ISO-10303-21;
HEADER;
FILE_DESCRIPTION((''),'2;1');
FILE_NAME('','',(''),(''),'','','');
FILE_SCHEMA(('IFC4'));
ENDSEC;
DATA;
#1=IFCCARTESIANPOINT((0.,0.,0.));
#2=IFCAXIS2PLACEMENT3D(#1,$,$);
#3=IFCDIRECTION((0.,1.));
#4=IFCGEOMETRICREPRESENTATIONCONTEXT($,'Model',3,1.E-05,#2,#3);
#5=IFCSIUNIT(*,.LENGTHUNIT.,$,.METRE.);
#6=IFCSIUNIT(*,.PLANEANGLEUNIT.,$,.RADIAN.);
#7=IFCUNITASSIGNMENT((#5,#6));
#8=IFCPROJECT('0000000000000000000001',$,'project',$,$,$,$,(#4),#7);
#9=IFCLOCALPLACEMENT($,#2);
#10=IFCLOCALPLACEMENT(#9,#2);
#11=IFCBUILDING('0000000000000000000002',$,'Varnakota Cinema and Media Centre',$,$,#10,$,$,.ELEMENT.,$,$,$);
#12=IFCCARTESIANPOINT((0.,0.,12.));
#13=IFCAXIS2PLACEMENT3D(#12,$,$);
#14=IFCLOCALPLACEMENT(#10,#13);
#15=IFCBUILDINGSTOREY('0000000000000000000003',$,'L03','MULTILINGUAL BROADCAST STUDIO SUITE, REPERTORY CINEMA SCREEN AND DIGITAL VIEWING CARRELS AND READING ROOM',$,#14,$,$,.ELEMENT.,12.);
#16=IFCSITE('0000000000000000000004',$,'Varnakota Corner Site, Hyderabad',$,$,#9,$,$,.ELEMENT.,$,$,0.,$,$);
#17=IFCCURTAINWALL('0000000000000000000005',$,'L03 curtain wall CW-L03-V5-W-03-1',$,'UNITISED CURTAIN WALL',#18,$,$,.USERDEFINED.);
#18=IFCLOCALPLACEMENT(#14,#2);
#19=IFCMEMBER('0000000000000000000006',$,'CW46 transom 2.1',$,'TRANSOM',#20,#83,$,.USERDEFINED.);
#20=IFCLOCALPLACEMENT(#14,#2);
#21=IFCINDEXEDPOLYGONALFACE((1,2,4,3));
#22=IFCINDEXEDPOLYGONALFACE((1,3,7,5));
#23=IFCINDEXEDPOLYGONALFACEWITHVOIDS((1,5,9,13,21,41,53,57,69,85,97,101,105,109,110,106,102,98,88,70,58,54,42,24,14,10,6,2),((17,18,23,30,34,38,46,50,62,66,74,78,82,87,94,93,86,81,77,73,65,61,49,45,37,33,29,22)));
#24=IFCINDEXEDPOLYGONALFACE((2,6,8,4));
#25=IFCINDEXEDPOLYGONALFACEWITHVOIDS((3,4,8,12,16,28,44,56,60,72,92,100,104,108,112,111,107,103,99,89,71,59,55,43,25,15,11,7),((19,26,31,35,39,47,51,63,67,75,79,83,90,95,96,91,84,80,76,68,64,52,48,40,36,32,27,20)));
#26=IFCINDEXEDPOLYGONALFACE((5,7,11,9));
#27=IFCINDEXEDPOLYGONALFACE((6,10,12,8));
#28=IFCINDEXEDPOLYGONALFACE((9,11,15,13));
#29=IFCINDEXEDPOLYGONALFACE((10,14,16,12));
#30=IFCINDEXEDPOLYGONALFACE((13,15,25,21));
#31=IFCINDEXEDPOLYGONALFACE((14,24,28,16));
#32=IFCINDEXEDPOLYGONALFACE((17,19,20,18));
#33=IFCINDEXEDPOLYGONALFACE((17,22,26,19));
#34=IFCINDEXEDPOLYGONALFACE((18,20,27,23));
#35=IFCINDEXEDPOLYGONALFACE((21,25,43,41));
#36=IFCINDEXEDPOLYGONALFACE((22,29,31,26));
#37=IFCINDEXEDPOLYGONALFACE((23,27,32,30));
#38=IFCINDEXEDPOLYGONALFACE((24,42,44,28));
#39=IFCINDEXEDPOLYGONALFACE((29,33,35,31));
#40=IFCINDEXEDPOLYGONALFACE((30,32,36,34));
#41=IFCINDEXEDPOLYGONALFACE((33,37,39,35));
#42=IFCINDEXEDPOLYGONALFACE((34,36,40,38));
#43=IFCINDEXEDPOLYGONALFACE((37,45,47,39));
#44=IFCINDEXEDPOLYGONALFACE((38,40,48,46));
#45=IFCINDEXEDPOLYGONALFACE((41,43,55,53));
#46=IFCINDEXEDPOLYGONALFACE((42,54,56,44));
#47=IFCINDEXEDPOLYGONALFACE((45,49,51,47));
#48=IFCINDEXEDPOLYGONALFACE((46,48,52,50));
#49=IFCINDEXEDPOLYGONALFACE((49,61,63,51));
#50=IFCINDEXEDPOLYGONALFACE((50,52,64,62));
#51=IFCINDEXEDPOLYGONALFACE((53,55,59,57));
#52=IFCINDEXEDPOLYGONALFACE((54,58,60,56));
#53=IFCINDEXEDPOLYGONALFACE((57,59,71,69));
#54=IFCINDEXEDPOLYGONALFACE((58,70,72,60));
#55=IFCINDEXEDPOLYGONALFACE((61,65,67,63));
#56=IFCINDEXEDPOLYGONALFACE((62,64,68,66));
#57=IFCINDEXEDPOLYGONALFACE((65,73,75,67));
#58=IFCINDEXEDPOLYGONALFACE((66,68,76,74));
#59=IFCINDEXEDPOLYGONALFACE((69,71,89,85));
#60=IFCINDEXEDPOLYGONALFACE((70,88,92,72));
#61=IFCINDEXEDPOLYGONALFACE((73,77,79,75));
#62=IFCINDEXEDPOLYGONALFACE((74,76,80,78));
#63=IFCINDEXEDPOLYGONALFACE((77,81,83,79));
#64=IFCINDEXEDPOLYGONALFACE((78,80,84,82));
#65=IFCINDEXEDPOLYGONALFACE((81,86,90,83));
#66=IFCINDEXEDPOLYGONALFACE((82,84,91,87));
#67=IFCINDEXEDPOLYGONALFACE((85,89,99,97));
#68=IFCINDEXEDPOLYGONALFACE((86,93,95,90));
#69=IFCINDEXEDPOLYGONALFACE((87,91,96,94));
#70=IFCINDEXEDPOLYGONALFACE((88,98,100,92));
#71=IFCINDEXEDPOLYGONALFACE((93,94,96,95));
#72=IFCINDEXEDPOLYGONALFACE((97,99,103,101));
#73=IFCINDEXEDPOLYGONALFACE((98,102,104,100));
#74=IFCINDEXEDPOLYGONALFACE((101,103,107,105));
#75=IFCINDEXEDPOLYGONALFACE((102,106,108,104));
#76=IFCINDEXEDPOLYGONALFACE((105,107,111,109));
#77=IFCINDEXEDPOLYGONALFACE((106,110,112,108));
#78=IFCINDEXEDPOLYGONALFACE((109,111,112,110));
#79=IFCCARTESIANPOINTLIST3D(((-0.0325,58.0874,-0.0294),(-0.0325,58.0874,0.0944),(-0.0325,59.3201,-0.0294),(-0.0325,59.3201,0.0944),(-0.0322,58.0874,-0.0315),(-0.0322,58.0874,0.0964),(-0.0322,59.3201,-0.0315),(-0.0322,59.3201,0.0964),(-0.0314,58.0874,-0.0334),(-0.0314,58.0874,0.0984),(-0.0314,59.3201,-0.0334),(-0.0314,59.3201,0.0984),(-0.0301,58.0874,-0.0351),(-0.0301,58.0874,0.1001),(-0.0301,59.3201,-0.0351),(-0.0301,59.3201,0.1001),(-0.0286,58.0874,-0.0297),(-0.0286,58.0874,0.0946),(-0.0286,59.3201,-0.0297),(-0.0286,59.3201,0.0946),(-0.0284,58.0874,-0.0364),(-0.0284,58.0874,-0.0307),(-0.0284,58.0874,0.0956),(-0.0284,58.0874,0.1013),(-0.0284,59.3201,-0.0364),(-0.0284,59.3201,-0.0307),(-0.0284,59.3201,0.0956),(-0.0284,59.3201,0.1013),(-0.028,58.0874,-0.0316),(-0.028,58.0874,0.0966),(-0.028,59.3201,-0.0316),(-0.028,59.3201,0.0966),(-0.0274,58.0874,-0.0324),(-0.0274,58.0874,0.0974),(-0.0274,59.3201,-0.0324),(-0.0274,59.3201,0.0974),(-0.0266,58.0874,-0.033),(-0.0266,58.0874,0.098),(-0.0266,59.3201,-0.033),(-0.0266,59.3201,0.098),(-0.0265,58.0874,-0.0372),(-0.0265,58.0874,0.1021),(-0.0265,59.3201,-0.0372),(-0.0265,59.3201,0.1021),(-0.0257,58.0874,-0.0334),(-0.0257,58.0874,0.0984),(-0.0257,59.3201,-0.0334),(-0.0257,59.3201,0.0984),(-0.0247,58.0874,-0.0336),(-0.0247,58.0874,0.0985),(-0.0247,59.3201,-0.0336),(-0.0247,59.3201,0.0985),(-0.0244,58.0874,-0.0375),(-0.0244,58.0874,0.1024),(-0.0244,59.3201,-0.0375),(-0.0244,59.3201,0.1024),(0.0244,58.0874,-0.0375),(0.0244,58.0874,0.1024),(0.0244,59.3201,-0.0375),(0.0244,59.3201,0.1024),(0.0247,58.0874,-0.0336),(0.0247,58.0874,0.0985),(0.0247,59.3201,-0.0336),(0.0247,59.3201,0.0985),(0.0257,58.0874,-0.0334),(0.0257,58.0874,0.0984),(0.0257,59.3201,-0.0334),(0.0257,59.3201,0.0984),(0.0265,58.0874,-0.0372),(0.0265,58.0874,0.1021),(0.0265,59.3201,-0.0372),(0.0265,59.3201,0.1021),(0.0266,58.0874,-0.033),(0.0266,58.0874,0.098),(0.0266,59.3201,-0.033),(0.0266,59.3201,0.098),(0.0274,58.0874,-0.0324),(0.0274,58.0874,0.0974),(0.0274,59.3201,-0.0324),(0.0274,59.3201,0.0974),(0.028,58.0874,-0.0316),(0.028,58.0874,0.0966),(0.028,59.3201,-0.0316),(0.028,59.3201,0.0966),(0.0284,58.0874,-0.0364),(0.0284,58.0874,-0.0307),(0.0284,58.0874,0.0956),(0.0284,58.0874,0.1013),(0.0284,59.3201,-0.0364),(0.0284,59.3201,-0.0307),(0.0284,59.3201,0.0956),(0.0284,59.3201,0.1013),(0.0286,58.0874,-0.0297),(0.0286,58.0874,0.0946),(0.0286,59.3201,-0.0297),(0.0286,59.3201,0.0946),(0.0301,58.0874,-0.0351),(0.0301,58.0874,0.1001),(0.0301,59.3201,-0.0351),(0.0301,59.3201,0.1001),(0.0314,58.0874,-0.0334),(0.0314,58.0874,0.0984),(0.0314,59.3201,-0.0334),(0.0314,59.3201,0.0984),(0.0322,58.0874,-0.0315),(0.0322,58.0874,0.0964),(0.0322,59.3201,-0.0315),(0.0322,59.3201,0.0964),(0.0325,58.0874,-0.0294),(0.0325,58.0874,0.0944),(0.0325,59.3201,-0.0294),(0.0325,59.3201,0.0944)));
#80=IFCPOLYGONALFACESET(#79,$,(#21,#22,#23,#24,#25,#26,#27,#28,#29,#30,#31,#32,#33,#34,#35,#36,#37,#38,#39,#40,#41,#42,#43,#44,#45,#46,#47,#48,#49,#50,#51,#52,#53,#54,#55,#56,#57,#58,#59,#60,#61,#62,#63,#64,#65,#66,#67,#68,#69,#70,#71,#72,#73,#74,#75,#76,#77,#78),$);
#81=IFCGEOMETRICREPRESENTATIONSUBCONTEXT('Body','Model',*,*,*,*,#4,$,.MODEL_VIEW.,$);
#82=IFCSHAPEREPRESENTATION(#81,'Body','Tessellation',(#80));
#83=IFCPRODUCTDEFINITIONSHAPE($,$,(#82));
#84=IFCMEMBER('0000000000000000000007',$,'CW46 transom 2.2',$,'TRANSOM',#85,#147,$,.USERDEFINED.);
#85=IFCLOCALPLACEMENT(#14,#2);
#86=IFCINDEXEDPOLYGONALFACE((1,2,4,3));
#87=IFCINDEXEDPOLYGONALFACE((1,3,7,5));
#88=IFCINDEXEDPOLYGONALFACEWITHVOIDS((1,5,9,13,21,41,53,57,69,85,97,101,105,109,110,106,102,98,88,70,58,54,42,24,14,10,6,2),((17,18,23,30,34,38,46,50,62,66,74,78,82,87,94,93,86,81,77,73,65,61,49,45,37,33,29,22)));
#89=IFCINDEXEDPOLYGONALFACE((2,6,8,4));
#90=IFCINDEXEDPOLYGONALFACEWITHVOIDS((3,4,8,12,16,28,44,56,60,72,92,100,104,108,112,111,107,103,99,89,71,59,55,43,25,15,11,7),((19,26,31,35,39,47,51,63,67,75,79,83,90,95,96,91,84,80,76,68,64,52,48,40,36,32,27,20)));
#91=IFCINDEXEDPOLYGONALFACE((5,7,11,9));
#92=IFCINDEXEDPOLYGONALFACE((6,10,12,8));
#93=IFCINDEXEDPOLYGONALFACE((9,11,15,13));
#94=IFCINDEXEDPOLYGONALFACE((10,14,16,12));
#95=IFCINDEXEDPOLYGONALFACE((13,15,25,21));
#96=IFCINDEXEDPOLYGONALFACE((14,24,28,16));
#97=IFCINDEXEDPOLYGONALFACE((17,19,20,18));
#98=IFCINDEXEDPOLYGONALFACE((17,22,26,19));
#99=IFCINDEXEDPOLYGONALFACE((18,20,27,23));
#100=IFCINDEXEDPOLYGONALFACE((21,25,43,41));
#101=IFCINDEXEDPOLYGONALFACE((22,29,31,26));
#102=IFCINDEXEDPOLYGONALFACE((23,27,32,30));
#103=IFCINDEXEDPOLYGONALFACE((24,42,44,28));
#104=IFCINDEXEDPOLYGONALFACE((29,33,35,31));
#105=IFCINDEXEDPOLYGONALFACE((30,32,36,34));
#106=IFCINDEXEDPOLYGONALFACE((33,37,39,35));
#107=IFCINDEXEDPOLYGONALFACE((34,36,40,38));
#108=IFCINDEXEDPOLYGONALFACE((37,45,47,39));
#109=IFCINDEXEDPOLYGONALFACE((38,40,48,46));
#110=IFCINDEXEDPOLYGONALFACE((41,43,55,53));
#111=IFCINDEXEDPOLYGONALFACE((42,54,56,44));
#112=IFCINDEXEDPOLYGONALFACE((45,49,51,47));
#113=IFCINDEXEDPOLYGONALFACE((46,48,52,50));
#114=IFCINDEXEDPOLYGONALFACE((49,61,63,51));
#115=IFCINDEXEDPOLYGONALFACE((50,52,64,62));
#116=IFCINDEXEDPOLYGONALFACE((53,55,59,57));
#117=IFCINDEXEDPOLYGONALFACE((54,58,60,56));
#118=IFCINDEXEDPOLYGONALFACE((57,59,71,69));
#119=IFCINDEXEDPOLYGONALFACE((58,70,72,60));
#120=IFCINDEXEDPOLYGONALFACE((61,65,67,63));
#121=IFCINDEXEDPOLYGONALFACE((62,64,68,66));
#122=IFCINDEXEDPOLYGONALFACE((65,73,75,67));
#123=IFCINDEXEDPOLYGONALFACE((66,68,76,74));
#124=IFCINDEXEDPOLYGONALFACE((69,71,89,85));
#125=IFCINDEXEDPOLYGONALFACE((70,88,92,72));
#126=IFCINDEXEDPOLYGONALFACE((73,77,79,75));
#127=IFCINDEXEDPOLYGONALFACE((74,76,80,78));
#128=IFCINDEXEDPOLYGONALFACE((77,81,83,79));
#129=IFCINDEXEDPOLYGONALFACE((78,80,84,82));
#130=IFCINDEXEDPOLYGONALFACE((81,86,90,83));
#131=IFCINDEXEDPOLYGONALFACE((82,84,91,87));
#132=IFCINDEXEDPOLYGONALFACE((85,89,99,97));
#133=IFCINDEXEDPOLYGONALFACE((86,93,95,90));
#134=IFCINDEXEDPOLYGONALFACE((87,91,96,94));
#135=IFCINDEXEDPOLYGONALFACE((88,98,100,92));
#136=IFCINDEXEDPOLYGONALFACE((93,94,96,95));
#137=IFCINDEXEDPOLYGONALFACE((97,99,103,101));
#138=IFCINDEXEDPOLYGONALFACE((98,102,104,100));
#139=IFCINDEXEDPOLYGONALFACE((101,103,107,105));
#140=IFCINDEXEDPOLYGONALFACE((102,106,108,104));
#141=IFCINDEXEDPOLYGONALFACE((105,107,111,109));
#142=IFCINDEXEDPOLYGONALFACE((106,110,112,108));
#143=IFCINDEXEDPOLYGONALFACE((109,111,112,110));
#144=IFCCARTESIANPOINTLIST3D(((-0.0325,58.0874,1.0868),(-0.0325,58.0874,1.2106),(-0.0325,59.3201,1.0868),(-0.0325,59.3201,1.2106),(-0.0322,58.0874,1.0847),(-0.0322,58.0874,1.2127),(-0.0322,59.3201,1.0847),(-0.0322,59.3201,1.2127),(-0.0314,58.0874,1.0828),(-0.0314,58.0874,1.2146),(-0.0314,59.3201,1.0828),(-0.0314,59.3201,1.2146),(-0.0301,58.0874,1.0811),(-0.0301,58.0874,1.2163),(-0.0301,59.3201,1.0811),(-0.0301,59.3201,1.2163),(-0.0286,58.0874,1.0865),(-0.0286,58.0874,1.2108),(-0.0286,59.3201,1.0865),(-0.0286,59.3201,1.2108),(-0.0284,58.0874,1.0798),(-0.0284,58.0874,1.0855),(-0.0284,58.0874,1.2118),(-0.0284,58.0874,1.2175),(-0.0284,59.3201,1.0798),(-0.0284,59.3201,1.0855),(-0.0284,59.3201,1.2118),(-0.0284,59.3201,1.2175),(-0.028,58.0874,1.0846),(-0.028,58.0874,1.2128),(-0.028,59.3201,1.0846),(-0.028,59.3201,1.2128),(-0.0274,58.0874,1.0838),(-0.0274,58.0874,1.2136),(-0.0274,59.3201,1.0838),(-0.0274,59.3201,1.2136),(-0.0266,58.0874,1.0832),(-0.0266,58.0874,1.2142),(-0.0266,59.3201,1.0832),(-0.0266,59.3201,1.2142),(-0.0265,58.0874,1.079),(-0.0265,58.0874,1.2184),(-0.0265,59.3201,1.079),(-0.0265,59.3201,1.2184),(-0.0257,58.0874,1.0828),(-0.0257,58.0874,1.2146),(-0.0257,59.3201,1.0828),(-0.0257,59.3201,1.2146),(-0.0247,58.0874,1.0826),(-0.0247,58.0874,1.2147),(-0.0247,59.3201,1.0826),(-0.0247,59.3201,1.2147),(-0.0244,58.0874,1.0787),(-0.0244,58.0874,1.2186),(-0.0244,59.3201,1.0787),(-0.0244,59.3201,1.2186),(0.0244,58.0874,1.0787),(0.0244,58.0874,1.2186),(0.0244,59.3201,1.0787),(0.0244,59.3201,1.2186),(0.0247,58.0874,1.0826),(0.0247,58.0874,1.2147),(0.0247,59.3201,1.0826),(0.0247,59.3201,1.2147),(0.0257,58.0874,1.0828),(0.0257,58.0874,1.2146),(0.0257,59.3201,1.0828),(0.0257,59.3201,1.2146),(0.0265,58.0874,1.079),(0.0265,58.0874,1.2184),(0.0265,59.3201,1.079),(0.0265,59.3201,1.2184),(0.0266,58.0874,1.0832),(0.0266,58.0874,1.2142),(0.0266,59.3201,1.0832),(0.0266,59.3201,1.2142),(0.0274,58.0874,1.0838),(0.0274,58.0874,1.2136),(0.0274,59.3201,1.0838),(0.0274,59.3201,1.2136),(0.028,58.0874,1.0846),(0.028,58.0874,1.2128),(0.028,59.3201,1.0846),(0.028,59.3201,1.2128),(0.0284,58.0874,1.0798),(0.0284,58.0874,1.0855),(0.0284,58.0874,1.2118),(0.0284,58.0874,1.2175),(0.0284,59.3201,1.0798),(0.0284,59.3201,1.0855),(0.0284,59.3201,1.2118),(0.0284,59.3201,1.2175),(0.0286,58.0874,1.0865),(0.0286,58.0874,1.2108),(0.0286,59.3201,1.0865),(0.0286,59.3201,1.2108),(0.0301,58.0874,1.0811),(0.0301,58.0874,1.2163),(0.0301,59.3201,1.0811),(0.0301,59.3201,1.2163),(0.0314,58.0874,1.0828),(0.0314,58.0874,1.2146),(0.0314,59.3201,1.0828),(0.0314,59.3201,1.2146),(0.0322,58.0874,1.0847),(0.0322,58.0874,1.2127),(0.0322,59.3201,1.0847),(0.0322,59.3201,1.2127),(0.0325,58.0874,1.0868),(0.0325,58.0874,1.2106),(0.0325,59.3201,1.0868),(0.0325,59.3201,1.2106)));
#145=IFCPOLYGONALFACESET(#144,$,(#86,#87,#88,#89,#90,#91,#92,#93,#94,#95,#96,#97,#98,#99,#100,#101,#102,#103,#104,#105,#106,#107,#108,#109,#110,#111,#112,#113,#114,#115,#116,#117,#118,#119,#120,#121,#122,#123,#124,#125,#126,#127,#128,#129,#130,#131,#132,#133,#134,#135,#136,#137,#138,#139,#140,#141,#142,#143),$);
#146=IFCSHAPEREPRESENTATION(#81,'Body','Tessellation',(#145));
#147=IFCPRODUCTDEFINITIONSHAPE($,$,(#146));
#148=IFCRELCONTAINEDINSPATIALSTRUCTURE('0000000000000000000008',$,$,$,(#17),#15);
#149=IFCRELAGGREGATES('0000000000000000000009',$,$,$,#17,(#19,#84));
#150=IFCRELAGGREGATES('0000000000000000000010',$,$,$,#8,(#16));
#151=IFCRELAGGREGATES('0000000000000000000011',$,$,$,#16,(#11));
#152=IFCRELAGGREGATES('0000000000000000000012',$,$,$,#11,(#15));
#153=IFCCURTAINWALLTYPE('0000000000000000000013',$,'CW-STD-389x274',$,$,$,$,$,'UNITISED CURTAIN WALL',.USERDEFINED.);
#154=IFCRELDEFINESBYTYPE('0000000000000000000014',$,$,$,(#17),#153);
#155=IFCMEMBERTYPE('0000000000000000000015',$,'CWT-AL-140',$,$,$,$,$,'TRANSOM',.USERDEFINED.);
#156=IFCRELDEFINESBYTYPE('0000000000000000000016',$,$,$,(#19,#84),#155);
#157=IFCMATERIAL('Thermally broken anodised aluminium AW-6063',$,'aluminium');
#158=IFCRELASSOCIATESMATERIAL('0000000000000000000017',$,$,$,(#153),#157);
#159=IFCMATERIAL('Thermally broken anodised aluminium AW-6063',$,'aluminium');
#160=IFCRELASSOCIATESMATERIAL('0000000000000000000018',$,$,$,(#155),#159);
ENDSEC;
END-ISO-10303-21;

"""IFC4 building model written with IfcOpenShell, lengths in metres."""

from ifc_helpers import new_model, si_unit, direction, frame, origin, origin_2d, place, context, subcontext, project, spatial, hollow_rectangle, extrude, material, material_profile, profile_set, type_object, element, aggregate, save


model = new_model("IFC4")

# Units and contexts
model_context = context("Model", 3, precision=1e-05, world=origin(), true_north=direction((0.0, 1.0)))
body_context = subcontext(model_context, "Body", "Model", "MODEL_VIEW")
ifc_project = project(units=[si_unit("LENGTHUNIT", "METRE"), si_unit("PLANEANGLEUNIT", "RADIAN")], contexts=[model_context])

# Site, building, storey
site_placement = place(None, origin())
site = spatial("IfcSite", under=ifc_project, at=site_placement, Name="Varnakota Corner Site, Hyderabad", CompositionType="ELEMENT", RefElevation=0.0)
building_placement = place(site_placement, origin())
building = spatial("IfcBuilding", under=site, at=building_placement, Name="Varnakota Cinema and Media Centre", CompositionType="ELEMENT")
storey_placement = place(building_placement, frame((0.0, 0.0, 12.0)))
storey = spatial("IfcBuildingStorey", under=building, at=storey_placement, Name="L03", Description="MULTILINGUAL BROADCAST STUDIO SUITE, REPERTORY CINEMA SCREEN AND DIGITAL VIEWING CARRELS AND READING ROOM", CompositionType="ELEMENT", Elevation=12.0)

# Shared definitions
ifc_material_1 = material(Name="Thermally broken anodised aluminium AW-6063", Category="aluminium")
curtain_wall_type = type_object("IfcCurtainWallType", Name="CW-STD-389x274", ElementType="UNITISED CURTAIN WALL", PredefinedType="USERDEFINED", material=ifc_material_1)

# Curtain wall, members
curtain_wall_1_placement = place(storey_placement, origin())
curtain_wall_1 = element("IfcCurtainWall", 1, at=curtain_wall_1_placement, inside=storey, type_object=curtain_wall_type, Name="L03 curtain wall CW-L03-V5-W-03-1", ObjectType="UNITISED CURTAIN WALL", PredefinedType="USERDEFINED")
ifc_material_2 = material(Name="Thermally broken anodised aluminium AW-6063", Category="aluminium")
ifc_material_profile_1 = material_profile(ifc_material_2, hollow_rectangle(XDim=0.0649, YDim=0.1399, WallThickness=0.0039, InnerFilletRadius=0.0039, OuterFilletRadius=0.0081, at=origin_2d()), Name="AL-TRANSOM 140x65x4")
ifc_profile_set_1 = profile_set([ifc_material_profile_1], Name="Thermally broken anodised aluminium AW-6063")
member_type_1 = type_object("IfcMemberType", Name="CWT-AL-140", ElementType="TRANSOM", PredefinedType="USERDEFINED", material=ifc_profile_set_1)
member_1_placement = place(storey_placement, frame((0.0, 59.3201, 0.0325), z_axis=(0.0, -1.0, 0.0), x_axis=(1.0, 0.0, 0.0)))
member_1 = element("IfcMember", 2, at=member_1_placement, type_object=member_type_1, Name="CW46 transom 2.1", ObjectType="TRANSOM", PredefinedType="USERDEFINED", context=body_context, shape_type="SweptSolid", body=[
    extrude(hollow_rectangle(XDim=0.0649, YDim=0.1399, WallThickness=0.0039, InnerFilletRadius=0.0039, OuterFilletRadius=0.0081, at=origin_2d()), origin(), (0.0, 0.0, 1.0), 1.2327),
])
member_2_placement = place(storey_placement, frame((0.0, 59.3201, 1.1487), z_axis=(0.0, -1.0, 0.0), x_axis=(1.0, 0.0, 0.0)))
member_2 = element("IfcMember", 3, at=member_2_placement, type_object=member_type_1, Name="CW46 transom 2.2", ObjectType="TRANSOM", PredefinedType="USERDEFINED", context=body_context, shape_type="SweptSolid", body=[
    extrude(hollow_rectangle(XDim=0.0649, YDim=0.1399, WallThickness=0.0039, InnerFilletRadius=0.0039, OuterFilletRadius=0.0081, at=origin_2d()), origin(), (0.0, 0.0, 1.0), 1.2327),
])

aggregate(curtain_wall_1, [member_1, member_2])

save(model, "model.ifc")
